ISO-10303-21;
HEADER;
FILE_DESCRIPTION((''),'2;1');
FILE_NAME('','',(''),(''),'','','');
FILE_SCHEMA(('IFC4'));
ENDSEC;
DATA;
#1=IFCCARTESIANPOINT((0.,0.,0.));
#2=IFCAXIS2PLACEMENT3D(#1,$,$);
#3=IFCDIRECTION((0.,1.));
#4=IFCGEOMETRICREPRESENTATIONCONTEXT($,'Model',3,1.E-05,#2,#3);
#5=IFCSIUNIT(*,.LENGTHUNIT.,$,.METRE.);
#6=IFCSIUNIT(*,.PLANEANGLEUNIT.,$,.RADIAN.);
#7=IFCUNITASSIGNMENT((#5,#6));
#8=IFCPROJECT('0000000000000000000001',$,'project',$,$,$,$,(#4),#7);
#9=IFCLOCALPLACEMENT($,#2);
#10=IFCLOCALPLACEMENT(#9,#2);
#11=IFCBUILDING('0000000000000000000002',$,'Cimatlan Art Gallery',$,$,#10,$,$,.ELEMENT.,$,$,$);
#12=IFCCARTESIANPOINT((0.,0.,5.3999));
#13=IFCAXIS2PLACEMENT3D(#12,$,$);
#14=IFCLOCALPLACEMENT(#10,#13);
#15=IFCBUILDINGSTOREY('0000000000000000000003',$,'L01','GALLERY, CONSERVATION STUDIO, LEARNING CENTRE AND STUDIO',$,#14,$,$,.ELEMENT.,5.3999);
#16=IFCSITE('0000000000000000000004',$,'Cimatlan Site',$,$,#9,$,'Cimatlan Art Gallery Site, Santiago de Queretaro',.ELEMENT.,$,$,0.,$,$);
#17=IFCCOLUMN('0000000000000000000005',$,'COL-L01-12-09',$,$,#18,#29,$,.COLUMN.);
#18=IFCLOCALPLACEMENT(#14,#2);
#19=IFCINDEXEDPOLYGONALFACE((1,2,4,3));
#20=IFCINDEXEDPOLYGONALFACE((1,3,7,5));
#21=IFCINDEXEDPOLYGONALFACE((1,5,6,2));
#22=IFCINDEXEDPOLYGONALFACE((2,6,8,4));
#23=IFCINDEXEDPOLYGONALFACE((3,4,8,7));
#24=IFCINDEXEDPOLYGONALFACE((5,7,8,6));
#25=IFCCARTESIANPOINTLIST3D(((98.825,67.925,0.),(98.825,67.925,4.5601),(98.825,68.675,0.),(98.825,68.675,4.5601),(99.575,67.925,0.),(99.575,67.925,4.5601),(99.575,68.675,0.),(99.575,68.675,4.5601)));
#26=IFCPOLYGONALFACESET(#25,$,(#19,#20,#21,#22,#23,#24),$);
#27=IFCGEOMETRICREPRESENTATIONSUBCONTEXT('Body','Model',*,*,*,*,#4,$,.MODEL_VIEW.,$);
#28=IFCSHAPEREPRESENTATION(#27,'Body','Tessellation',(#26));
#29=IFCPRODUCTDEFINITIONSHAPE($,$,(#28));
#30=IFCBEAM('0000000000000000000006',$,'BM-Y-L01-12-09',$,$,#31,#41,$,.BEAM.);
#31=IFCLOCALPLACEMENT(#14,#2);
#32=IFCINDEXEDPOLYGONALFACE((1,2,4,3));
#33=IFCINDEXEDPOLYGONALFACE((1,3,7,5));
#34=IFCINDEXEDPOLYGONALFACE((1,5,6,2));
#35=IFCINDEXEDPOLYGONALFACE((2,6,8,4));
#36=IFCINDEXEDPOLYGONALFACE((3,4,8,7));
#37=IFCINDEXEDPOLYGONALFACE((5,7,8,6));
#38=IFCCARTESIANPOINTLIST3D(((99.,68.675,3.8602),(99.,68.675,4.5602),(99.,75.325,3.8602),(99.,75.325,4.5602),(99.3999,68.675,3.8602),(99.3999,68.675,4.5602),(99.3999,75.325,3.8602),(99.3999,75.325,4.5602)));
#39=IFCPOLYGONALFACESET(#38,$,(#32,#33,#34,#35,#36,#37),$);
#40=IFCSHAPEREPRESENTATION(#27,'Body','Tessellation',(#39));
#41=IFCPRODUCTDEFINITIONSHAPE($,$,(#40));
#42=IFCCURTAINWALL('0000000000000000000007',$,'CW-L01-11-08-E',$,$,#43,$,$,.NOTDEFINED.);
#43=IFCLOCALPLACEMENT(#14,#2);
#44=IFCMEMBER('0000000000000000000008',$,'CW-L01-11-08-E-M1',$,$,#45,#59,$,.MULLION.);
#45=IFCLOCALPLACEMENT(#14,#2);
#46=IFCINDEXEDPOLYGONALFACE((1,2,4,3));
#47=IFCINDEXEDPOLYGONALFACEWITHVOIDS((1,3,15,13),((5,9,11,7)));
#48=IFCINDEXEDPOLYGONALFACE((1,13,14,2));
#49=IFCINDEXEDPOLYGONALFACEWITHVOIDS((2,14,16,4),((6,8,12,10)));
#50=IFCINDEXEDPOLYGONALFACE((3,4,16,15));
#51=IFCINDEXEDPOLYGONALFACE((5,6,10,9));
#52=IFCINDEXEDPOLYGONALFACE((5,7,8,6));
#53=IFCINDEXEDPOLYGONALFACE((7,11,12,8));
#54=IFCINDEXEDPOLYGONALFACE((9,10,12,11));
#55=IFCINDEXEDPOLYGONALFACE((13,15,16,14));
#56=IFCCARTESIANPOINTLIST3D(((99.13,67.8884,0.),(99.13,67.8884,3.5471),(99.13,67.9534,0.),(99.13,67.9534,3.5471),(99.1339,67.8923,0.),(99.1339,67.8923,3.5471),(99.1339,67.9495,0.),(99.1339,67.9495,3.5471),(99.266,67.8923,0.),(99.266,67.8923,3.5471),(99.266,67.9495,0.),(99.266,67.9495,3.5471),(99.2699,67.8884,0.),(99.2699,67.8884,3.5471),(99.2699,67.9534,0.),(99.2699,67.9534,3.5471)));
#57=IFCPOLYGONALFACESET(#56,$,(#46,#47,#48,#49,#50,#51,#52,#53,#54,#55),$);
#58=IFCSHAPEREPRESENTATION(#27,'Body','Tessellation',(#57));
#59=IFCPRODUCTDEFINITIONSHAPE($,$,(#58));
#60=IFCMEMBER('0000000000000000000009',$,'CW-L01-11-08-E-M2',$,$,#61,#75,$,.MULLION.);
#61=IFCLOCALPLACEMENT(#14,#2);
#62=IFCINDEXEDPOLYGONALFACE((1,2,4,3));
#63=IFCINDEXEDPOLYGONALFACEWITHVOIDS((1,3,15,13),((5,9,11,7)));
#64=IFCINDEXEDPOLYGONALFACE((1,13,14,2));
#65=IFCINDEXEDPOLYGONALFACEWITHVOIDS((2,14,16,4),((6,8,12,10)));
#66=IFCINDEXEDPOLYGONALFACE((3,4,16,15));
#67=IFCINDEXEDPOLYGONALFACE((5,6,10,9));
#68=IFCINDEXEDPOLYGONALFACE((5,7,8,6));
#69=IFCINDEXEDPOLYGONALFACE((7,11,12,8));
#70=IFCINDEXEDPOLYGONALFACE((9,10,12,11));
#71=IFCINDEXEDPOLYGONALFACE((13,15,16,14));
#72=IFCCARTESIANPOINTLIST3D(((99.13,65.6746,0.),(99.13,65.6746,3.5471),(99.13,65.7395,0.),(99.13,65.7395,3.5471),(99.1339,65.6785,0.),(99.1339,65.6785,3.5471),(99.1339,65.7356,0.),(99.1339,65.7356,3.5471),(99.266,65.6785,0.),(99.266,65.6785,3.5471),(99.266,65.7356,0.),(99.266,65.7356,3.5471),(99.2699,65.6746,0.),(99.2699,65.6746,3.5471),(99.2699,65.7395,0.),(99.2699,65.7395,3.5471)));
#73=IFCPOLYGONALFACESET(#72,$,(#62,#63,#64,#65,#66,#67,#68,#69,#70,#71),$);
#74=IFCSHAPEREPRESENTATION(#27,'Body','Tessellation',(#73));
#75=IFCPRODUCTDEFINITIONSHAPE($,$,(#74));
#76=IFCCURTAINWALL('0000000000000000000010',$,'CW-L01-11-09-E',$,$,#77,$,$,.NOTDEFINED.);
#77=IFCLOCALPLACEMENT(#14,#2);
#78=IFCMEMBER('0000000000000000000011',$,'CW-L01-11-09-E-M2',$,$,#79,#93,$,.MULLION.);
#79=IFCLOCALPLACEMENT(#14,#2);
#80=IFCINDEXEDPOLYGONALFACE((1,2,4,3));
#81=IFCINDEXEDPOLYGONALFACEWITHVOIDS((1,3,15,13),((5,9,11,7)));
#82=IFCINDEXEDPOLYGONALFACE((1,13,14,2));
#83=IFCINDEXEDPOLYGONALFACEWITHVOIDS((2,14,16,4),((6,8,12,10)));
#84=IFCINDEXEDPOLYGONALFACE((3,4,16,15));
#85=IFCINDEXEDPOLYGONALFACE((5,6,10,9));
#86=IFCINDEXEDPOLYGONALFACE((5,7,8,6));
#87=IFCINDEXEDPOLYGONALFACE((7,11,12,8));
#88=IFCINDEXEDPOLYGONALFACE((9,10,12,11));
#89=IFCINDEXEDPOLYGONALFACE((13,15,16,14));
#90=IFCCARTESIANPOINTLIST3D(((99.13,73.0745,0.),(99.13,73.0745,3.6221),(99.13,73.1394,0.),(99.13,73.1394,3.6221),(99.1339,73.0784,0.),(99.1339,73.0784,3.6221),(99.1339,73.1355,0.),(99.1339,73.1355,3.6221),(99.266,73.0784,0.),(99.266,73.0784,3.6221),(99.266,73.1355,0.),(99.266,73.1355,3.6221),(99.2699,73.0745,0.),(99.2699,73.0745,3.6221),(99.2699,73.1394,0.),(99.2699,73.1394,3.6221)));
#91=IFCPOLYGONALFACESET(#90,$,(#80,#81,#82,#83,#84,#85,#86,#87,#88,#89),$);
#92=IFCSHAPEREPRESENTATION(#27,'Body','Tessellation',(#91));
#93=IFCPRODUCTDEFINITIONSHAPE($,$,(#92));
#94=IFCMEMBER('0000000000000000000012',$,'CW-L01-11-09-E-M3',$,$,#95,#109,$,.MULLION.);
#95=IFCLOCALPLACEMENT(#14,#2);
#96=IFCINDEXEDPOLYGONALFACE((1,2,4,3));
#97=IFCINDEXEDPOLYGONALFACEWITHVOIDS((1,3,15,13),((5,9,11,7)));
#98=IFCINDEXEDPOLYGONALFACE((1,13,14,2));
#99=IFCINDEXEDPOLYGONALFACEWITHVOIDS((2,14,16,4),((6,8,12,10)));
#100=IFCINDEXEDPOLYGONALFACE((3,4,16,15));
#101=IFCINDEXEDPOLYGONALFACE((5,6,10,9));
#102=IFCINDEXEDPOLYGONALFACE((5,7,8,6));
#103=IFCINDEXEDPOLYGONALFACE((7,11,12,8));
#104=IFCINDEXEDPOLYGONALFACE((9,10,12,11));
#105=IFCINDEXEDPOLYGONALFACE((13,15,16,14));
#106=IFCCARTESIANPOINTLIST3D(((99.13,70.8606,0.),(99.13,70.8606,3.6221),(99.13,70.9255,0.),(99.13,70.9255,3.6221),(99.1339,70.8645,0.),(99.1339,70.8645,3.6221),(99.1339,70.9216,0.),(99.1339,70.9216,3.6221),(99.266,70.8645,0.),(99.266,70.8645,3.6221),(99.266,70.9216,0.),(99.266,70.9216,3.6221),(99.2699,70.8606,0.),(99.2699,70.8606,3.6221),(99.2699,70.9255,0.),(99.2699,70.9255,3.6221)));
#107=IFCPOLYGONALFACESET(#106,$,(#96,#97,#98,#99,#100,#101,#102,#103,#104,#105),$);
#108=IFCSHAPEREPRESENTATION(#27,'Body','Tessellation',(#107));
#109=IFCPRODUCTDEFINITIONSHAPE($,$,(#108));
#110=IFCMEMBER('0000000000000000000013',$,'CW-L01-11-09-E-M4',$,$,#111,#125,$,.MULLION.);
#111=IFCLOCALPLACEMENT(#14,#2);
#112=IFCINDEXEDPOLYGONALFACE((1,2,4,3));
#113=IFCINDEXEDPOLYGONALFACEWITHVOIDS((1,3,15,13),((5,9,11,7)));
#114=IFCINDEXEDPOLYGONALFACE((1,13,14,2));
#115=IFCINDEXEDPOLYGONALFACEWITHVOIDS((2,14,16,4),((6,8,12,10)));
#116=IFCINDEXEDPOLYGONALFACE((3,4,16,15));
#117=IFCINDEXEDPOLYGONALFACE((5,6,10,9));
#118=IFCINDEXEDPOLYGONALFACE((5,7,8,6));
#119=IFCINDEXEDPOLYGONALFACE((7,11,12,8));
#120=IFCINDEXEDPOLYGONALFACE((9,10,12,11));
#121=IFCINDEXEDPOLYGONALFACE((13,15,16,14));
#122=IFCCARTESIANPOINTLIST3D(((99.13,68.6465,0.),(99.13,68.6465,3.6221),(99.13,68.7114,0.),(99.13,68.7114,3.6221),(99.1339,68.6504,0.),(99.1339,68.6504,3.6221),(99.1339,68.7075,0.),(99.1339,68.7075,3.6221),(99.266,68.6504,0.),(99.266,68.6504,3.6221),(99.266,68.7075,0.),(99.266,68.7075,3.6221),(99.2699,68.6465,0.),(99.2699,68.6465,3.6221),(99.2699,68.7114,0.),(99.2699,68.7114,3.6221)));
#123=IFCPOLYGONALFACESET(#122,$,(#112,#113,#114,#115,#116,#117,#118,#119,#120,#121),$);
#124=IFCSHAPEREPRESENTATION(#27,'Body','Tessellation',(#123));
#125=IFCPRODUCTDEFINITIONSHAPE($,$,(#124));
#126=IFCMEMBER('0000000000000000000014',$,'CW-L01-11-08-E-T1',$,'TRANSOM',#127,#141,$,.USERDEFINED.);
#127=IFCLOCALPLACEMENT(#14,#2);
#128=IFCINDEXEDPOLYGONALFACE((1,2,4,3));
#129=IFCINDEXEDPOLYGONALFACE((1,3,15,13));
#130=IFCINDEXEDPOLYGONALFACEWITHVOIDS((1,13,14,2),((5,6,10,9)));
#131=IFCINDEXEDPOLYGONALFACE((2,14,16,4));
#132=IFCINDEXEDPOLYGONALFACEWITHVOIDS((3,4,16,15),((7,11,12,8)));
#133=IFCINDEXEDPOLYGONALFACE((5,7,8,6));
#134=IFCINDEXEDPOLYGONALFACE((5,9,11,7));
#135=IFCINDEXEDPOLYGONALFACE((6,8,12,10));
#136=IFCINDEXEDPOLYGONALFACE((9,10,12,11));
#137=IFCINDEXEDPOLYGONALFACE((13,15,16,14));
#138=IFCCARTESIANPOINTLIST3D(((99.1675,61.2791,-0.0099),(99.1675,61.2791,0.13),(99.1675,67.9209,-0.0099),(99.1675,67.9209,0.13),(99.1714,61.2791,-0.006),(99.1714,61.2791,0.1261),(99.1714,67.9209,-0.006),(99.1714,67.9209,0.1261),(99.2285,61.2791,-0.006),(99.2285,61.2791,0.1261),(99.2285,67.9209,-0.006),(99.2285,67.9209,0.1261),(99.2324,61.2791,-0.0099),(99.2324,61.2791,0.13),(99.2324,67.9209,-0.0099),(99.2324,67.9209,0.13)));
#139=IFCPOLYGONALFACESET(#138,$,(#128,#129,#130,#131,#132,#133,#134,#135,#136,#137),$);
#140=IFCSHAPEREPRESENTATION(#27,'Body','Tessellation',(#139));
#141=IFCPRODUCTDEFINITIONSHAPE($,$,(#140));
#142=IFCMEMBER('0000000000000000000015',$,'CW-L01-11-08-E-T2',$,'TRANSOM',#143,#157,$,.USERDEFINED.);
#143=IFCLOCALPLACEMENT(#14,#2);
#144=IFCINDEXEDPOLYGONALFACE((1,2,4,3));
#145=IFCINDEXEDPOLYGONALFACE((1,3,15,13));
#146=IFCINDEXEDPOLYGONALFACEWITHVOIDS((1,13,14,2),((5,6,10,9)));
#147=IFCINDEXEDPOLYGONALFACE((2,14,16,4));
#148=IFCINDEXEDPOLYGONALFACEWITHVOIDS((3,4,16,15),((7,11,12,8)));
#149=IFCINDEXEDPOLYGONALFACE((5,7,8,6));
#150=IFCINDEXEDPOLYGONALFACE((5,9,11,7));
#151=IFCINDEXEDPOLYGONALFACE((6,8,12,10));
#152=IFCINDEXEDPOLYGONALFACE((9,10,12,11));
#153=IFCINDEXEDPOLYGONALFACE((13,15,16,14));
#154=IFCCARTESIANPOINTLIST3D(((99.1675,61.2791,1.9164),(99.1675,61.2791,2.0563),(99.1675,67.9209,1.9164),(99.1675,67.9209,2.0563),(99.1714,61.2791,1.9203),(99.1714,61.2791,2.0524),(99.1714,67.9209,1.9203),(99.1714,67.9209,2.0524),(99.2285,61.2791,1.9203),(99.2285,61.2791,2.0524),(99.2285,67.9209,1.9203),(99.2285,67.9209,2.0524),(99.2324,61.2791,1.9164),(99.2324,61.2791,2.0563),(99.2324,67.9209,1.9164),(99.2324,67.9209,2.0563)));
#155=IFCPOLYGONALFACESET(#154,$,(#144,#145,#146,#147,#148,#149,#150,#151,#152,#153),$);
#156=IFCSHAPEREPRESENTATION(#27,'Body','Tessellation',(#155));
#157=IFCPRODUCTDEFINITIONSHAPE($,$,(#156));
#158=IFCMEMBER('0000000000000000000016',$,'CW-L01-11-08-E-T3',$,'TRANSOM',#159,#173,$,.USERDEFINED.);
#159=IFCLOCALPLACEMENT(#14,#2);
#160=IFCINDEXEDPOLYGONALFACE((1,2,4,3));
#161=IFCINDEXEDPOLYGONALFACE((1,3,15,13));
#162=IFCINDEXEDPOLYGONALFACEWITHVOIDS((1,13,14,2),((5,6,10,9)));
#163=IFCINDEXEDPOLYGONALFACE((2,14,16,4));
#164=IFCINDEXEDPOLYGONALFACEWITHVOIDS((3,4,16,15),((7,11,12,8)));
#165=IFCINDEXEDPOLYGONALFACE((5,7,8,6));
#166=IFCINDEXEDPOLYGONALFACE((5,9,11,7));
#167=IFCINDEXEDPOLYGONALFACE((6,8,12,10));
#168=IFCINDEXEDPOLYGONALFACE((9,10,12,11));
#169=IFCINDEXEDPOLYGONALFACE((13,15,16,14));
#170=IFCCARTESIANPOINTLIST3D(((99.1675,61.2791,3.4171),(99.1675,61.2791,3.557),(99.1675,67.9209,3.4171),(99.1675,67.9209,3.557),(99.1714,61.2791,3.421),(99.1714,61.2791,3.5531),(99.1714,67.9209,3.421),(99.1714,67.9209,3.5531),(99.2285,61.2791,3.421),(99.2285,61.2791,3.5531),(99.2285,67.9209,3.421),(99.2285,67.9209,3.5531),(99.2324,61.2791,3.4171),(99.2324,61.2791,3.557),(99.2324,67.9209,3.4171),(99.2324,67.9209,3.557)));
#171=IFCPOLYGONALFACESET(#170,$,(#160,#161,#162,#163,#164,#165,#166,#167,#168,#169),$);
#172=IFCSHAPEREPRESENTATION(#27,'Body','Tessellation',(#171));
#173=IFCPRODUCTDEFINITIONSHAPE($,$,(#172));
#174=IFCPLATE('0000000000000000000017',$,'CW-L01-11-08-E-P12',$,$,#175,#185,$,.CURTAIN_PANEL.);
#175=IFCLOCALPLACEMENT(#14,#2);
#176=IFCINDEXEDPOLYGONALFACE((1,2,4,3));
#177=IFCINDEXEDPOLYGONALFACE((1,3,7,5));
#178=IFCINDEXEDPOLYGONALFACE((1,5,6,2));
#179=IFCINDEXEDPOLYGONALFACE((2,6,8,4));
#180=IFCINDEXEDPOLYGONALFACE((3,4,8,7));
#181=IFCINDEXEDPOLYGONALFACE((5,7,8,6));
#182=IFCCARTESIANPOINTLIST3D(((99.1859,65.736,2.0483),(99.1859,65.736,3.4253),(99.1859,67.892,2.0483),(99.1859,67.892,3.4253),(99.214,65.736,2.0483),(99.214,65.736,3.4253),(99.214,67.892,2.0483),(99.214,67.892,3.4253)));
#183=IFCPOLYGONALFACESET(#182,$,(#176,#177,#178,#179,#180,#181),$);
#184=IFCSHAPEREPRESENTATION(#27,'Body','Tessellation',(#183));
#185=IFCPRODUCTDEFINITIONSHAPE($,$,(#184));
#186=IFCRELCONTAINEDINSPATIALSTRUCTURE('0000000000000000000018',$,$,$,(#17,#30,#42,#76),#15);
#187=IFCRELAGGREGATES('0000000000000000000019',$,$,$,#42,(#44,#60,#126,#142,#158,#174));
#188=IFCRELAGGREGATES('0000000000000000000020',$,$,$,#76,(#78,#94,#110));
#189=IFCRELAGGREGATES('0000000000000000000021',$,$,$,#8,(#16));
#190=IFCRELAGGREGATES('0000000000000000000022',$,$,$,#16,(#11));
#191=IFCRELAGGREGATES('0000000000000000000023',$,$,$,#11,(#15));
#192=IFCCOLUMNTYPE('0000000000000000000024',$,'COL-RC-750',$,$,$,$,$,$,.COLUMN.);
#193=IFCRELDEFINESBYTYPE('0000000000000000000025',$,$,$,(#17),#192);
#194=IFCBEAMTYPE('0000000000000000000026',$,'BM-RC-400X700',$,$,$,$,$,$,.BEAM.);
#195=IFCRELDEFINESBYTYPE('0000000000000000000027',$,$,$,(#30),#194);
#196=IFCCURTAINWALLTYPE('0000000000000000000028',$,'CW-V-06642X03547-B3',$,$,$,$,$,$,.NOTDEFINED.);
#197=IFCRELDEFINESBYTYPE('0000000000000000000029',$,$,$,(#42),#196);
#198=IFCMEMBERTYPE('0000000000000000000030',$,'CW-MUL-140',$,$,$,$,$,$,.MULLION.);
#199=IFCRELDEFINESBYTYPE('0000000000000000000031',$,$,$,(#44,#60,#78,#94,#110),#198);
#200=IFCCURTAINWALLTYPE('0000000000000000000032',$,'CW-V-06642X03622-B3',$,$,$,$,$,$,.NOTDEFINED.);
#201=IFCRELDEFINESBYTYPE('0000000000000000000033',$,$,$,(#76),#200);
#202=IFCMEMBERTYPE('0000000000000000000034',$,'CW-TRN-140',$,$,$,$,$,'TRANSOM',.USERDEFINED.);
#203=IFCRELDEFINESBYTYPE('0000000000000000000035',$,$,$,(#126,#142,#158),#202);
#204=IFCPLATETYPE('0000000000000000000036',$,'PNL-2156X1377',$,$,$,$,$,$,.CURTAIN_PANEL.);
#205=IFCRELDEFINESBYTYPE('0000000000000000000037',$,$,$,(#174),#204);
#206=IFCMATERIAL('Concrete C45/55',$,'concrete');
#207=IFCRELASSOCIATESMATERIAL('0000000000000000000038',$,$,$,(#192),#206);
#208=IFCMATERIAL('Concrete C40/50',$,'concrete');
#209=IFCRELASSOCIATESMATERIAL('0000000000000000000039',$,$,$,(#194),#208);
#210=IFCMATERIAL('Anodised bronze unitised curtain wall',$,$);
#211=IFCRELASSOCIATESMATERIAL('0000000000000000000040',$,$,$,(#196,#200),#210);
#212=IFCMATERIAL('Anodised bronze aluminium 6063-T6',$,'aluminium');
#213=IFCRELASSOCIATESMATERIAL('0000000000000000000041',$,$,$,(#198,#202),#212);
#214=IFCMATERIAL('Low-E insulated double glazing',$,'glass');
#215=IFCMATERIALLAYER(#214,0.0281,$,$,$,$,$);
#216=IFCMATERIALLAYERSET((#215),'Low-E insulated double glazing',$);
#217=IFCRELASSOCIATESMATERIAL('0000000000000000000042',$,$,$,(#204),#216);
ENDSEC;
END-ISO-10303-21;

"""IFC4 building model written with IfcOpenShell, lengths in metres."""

from ifc_helpers import new_model, si_unit, direction, frame, origin, origin_2d, place, context, subcontext, project, spatial, rectangle, hollow_rectangle, extrude, material, layer, layer_set, material_profile, profile_set, type_object, element, aggregate, save


model = new_model("IFC4")

# Units and contexts
model_context = context("Model", 3, precision=1e-05, world=origin(), true_north=direction((0.0, 1.0)))
body_context = subcontext(model_context, "Body", "Model", "MODEL_VIEW")
ifc_project = project(units=[si_unit("LENGTHUNIT", "METRE"), si_unit("PLANEANGLEUNIT", "RADIAN")], contexts=[model_context])

# Site, building, storey
site_placement = place(None, origin())
site = spatial("IfcSite", under=ifc_project, at=site_placement, Name="Cimatlan Site", LongName="Cimatlan Art Gallery Site, Santiago de Queretaro", CompositionType="ELEMENT", RefElevation=0.0)
building_placement = place(site_placement, origin())
building = spatial("IfcBuilding", under=site, at=building_placement, Name="Cimatlan Art Gallery", CompositionType="ELEMENT")
storey_placement = place(building_placement, frame((0.0, 0.0, 5.3999)))
storey = spatial("IfcBuildingStorey", under=building, at=storey_placement, Name="L01", Description="GALLERY, CONSERVATION STUDIO, LEARNING CENTRE AND STUDIO", CompositionType="ELEMENT", Elevation=5.3999)

# Column
ifc_material_1 = material(Name="Concrete C45/55", Category="concrete")
ifc_material_profile_1 = material_profile(ifc_material_1, rectangle(XDim=0.75, YDim=0.75, at=origin_2d()), Name="RC750X750")
ifc_profile_set_1 = profile_set([ifc_material_profile_1], Name="Concrete C45/55")
column_type = type_object("IfcColumnType", Name="COL-RC-750", PredefinedType="COLUMN", material=ifc_profile_set_1)
column_placement = place(storey_placement, frame((99.2, 68.3, 0.0), z_axis=(0.0, 0.0, 1.0), x_axis=(1.0, 0.0, 0.0)))
element("IfcColumn", 1, at=column_placement, inside=storey, type_object=column_type, Name="COL-L01-12-09", PredefinedType="COLUMN", context=body_context, shape_type="SweptSolid", body=[
    extrude(rectangle(XDim=0.75, YDim=0.75, at=origin_2d()), origin(), (0.0, 0.0, 1.0), 4.5601),
])

# Beam
ifc_material_2 = material(Name="Concrete C40/50", Category="concrete")
ifc_material_profile_2 = material_profile(ifc_material_2, rectangle(XDim=0.3999, YDim=0.7, at=origin_2d()), Name="RC400X700")
ifc_profile_set_2 = profile_set([ifc_material_profile_2], Name="Concrete C40/50")
beam_type = type_object("IfcBeamType", Name="BM-RC-400X700", PredefinedType="BEAM", material=ifc_profile_set_2)
beam_placement = place(storey_placement, frame((99.2, 68.675, 4.2102), z_axis=(0.0, 1.0, 0.0), x_axis=(-1.0, 0.0, 0.0)))
element("IfcBeam", 2, at=beam_placement, inside=storey, type_object=beam_type, Name="BM-Y-L01-12-09", PredefinedType="BEAM", context=body_context, shape_type="SweptSolid", body=[
    extrude(rectangle(XDim=0.3999, YDim=0.7, at=origin_2d()), origin(), (0.0, 0.0, 1.0), 6.6499),
])

# Curtain walls, members
ifc_material_3 = material(Name="Anodised bronze unitised curtain wall")
curtain_wall_type_1 = type_object("IfcCurtainWallType", Name="CW-V-06642X03547-B3", PredefinedType="NOTDEFINED", material=ifc_material_3)
curtain_wall_1_placement = place(storey_placement, origin())
curtain_wall_1 = element("IfcCurtainWall", 3, at=curtain_wall_1_placement, inside=storey, type_object=curtain_wall_type_1, Name="CW-L01-11-08-E", PredefinedType="NOTDEFINED")
ifc_material_4 = material(Name="Anodised bronze aluminium 6063-T6", Category="aluminium")
ifc_material_profile_3 = material_profile(ifc_material_4, hollow_rectangle(XDim=0.0649, YDim=0.1399, WallThickness=0.0039, at=origin_2d()), Name="ALU65X140X4")
ifc_profile_set_3 = profile_set([ifc_material_profile_3], Name="Anodised bronze aluminium 6063-T6")
member_type_1 = type_object("IfcMemberType", Name="CW-MUL-140", PredefinedType="MULLION", material=ifc_profile_set_3)
member_1_placement = place(storey_placement, frame((99.2, 67.9209, 0.0), z_axis=(0.0, 0.0, 1.0), x_axis=(0.0, 1.0, 0.0)))
member_1 = element("IfcMember", 4, at=member_1_placement, type_object=member_type_1, Name="CW-L01-11-08-E-M1", PredefinedType="MULLION", context=body_context, shape_type="SweptSolid", body=[
    extrude(hollow_rectangle(XDim=0.0649, YDim=0.1399, WallThickness=0.0039, at=origin_2d()), origin(), (0.0, 0.0, 1.0), 3.5471),
])
member_2_placement = place(storey_placement, frame((99.2, 65.707, 0.0), z_axis=(0.0, 0.0, 1.0), x_axis=(0.0, 1.0, 0.0)))
member_2 = element("IfcMember", 5, at=member_2_placement, type_object=member_type_1, Name="CW-L01-11-08-E-M2", PredefinedType="MULLION", context=body_context, shape_type="SweptSolid", body=[
    extrude(hollow_rectangle(XDim=0.0649, YDim=0.1399, WallThickness=0.0039, at=origin_2d()), origin(), (0.0, 0.0, 1.0), 3.5471),
])
curtain_wall_type_2 = type_object("IfcCurtainWallType", Name="CW-V-06642X03622-B3", PredefinedType="NOTDEFINED", material=ifc_material_3)
curtain_wall_2_placement = place(storey_placement, origin())
curtain_wall_2 = element("IfcCurtainWall", 6, at=curtain_wall_2_placement, inside=storey, type_object=curtain_wall_type_2, Name="CW-L01-11-09-E", PredefinedType="NOTDEFINED")
member_3_placement = place(storey_placement, frame((99.2, 73.1069, 0.0), z_axis=(0.0, 0.0, 1.0), x_axis=(0.0, 1.0, 0.0)))
member_3 = element("IfcMember", 7, at=member_3_placement, type_object=member_type_1, Name="CW-L01-11-09-E-M2", PredefinedType="MULLION", context=body_context, shape_type="SweptSolid", body=[
    extrude(hollow_rectangle(XDim=0.0649, YDim=0.1399, WallThickness=0.0039, at=origin_2d()), origin(), (0.0, 0.0, 1.0), 3.6221),
])
member_4_placement = place(storey_placement, frame((99.2, 70.8931, 0.0), z_axis=(0.0, 0.0, 1.0), x_axis=(0.0, 1.0, 0.0)))
member_4 = element("IfcMember", 8, at=member_4_placement, type_object=member_type_1, Name="CW-L01-11-09-E-M3", PredefinedType="MULLION", context=body_context, shape_type="SweptSolid", body=[
    extrude(hollow_rectangle(XDim=0.0649, YDim=0.1399, WallThickness=0.0039, at=origin_2d()), origin(), (0.0, 0.0, 1.0), 3.6221),
])
member_5_placement = place(storey_placement, frame((99.2, 68.679, 0.0), z_axis=(0.0, 0.0, 1.0), x_axis=(0.0, 1.0, 0.0)))
member_5 = element("IfcMember", 9, at=member_5_placement, type_object=member_type_1, Name="CW-L01-11-09-E-M4", PredefinedType="MULLION", context=body_context, shape_type="SweptSolid", body=[
    extrude(hollow_rectangle(XDim=0.0649, YDim=0.1399, WallThickness=0.0039, at=origin_2d()), origin(), (0.0, 0.0, 1.0), 3.6221),
])

# Members
ifc_material_profile_4 = material_profile(ifc_material_4, hollow_rectangle(XDim=0.0649, YDim=0.1399, WallThickness=0.0039, at=origin_2d()), Name="ALU65X140X4")
ifc_profile_set_4 = profile_set([ifc_material_profile_4], Name="Anodised bronze aluminium 6063-T6")
member_type_2 = type_object("IfcMemberType", Name="CW-TRN-140", ElementType="TRANSOM", PredefinedType="USERDEFINED", material=ifc_profile_set_4)
member_6_placement = place(storey_placement, frame((99.2, 67.9209, 0.0601), z_axis=(0.0, -1.0, 0.0), x_axis=(1.0, 0.0, 0.0)))
member_6 = element("IfcMember", 10, at=member_6_placement, type_object=member_type_2, Name="CW-L01-11-08-E-T1", ObjectType="TRANSOM", PredefinedType="USERDEFINED", context=body_context, shape_type="SweptSolid", body=[
    extrude(hollow_rectangle(XDim=0.0649, YDim=0.1399, WallThickness=0.0039, at=origin_2d()), origin(), (0.0, 0.0, 1.0), 6.6418),
])
member_7_placement = place(storey_placement, frame((99.2, 67.9209, 1.9863), z_axis=(0.0, -1.0, 0.0), x_axis=(1.0, 0.0, 0.0)))
member_7 = element("IfcMember", 11, at=member_7_placement, type_object=member_type_2, Name="CW-L01-11-08-E-T2", ObjectType="TRANSOM", PredefinedType="USERDEFINED", context=body_context, shape_type="SweptSolid", body=[
    extrude(hollow_rectangle(XDim=0.0649, YDim=0.1399, WallThickness=0.0039, at=origin_2d()), origin(), (0.0, 0.0, 1.0), 6.6418),
])
member_8_placement = place(storey_placement, frame((99.2, 67.9209, 3.4871), z_axis=(0.0, -1.0, 0.0), x_axis=(1.0, 0.0, 0.0)))
member_8 = element("IfcMember", 12, at=member_8_placement, type_object=member_type_2, Name="CW-L01-11-08-E-T3", ObjectType="TRANSOM", PredefinedType="USERDEFINED", context=body_context, shape_type="SweptSolid", body=[
    extrude(hollow_rectangle(XDim=0.0649, YDim=0.1399, WallThickness=0.0039, at=origin_2d()), origin(), (0.0, 0.0, 1.0), 6.6418),
])

# Plate
ifc_material_5 = material(Name="Low-E insulated double glazing", Category="glass")
ifc_layer_1 = layer(ifc_material_5, 0.0281)
ifc_layer_set_1 = layer_set([ifc_layer_1], Name="Low-E insulated double glazing")
plate_type_1 = type_object("IfcPlateType", Name="PNL-2156X1377", PredefinedType="CURTAIN_PANEL", material=ifc_layer_set_1)
plate_1_placement = place(storey_placement, frame((99.2, 66.814, 2.0483), z_axis=(0.0, 0.0, 1.0), x_axis=(0.0, -1.0, 0.0)))
plate_1 = element("IfcPlate", 13, at=plate_1_placement, type_object=plate_type_1, Name="CW-L01-11-08-E-P12", PredefinedType="CURTAIN_PANEL", context=body_context, shape_type="SweptSolid", body=[
    extrude(rectangle(XDim=2.156, YDim=0.0281, at=origin_2d()), origin(), (0.0, 0.0, 1.0), 1.377),
])
aggregate(curtain_wall_1, [member_1, member_2, member_6, member_7, member_8, plate_1])
aggregate(curtain_wall_2, [member_3, member_4, member_5])

save(model, "model.ifc")
